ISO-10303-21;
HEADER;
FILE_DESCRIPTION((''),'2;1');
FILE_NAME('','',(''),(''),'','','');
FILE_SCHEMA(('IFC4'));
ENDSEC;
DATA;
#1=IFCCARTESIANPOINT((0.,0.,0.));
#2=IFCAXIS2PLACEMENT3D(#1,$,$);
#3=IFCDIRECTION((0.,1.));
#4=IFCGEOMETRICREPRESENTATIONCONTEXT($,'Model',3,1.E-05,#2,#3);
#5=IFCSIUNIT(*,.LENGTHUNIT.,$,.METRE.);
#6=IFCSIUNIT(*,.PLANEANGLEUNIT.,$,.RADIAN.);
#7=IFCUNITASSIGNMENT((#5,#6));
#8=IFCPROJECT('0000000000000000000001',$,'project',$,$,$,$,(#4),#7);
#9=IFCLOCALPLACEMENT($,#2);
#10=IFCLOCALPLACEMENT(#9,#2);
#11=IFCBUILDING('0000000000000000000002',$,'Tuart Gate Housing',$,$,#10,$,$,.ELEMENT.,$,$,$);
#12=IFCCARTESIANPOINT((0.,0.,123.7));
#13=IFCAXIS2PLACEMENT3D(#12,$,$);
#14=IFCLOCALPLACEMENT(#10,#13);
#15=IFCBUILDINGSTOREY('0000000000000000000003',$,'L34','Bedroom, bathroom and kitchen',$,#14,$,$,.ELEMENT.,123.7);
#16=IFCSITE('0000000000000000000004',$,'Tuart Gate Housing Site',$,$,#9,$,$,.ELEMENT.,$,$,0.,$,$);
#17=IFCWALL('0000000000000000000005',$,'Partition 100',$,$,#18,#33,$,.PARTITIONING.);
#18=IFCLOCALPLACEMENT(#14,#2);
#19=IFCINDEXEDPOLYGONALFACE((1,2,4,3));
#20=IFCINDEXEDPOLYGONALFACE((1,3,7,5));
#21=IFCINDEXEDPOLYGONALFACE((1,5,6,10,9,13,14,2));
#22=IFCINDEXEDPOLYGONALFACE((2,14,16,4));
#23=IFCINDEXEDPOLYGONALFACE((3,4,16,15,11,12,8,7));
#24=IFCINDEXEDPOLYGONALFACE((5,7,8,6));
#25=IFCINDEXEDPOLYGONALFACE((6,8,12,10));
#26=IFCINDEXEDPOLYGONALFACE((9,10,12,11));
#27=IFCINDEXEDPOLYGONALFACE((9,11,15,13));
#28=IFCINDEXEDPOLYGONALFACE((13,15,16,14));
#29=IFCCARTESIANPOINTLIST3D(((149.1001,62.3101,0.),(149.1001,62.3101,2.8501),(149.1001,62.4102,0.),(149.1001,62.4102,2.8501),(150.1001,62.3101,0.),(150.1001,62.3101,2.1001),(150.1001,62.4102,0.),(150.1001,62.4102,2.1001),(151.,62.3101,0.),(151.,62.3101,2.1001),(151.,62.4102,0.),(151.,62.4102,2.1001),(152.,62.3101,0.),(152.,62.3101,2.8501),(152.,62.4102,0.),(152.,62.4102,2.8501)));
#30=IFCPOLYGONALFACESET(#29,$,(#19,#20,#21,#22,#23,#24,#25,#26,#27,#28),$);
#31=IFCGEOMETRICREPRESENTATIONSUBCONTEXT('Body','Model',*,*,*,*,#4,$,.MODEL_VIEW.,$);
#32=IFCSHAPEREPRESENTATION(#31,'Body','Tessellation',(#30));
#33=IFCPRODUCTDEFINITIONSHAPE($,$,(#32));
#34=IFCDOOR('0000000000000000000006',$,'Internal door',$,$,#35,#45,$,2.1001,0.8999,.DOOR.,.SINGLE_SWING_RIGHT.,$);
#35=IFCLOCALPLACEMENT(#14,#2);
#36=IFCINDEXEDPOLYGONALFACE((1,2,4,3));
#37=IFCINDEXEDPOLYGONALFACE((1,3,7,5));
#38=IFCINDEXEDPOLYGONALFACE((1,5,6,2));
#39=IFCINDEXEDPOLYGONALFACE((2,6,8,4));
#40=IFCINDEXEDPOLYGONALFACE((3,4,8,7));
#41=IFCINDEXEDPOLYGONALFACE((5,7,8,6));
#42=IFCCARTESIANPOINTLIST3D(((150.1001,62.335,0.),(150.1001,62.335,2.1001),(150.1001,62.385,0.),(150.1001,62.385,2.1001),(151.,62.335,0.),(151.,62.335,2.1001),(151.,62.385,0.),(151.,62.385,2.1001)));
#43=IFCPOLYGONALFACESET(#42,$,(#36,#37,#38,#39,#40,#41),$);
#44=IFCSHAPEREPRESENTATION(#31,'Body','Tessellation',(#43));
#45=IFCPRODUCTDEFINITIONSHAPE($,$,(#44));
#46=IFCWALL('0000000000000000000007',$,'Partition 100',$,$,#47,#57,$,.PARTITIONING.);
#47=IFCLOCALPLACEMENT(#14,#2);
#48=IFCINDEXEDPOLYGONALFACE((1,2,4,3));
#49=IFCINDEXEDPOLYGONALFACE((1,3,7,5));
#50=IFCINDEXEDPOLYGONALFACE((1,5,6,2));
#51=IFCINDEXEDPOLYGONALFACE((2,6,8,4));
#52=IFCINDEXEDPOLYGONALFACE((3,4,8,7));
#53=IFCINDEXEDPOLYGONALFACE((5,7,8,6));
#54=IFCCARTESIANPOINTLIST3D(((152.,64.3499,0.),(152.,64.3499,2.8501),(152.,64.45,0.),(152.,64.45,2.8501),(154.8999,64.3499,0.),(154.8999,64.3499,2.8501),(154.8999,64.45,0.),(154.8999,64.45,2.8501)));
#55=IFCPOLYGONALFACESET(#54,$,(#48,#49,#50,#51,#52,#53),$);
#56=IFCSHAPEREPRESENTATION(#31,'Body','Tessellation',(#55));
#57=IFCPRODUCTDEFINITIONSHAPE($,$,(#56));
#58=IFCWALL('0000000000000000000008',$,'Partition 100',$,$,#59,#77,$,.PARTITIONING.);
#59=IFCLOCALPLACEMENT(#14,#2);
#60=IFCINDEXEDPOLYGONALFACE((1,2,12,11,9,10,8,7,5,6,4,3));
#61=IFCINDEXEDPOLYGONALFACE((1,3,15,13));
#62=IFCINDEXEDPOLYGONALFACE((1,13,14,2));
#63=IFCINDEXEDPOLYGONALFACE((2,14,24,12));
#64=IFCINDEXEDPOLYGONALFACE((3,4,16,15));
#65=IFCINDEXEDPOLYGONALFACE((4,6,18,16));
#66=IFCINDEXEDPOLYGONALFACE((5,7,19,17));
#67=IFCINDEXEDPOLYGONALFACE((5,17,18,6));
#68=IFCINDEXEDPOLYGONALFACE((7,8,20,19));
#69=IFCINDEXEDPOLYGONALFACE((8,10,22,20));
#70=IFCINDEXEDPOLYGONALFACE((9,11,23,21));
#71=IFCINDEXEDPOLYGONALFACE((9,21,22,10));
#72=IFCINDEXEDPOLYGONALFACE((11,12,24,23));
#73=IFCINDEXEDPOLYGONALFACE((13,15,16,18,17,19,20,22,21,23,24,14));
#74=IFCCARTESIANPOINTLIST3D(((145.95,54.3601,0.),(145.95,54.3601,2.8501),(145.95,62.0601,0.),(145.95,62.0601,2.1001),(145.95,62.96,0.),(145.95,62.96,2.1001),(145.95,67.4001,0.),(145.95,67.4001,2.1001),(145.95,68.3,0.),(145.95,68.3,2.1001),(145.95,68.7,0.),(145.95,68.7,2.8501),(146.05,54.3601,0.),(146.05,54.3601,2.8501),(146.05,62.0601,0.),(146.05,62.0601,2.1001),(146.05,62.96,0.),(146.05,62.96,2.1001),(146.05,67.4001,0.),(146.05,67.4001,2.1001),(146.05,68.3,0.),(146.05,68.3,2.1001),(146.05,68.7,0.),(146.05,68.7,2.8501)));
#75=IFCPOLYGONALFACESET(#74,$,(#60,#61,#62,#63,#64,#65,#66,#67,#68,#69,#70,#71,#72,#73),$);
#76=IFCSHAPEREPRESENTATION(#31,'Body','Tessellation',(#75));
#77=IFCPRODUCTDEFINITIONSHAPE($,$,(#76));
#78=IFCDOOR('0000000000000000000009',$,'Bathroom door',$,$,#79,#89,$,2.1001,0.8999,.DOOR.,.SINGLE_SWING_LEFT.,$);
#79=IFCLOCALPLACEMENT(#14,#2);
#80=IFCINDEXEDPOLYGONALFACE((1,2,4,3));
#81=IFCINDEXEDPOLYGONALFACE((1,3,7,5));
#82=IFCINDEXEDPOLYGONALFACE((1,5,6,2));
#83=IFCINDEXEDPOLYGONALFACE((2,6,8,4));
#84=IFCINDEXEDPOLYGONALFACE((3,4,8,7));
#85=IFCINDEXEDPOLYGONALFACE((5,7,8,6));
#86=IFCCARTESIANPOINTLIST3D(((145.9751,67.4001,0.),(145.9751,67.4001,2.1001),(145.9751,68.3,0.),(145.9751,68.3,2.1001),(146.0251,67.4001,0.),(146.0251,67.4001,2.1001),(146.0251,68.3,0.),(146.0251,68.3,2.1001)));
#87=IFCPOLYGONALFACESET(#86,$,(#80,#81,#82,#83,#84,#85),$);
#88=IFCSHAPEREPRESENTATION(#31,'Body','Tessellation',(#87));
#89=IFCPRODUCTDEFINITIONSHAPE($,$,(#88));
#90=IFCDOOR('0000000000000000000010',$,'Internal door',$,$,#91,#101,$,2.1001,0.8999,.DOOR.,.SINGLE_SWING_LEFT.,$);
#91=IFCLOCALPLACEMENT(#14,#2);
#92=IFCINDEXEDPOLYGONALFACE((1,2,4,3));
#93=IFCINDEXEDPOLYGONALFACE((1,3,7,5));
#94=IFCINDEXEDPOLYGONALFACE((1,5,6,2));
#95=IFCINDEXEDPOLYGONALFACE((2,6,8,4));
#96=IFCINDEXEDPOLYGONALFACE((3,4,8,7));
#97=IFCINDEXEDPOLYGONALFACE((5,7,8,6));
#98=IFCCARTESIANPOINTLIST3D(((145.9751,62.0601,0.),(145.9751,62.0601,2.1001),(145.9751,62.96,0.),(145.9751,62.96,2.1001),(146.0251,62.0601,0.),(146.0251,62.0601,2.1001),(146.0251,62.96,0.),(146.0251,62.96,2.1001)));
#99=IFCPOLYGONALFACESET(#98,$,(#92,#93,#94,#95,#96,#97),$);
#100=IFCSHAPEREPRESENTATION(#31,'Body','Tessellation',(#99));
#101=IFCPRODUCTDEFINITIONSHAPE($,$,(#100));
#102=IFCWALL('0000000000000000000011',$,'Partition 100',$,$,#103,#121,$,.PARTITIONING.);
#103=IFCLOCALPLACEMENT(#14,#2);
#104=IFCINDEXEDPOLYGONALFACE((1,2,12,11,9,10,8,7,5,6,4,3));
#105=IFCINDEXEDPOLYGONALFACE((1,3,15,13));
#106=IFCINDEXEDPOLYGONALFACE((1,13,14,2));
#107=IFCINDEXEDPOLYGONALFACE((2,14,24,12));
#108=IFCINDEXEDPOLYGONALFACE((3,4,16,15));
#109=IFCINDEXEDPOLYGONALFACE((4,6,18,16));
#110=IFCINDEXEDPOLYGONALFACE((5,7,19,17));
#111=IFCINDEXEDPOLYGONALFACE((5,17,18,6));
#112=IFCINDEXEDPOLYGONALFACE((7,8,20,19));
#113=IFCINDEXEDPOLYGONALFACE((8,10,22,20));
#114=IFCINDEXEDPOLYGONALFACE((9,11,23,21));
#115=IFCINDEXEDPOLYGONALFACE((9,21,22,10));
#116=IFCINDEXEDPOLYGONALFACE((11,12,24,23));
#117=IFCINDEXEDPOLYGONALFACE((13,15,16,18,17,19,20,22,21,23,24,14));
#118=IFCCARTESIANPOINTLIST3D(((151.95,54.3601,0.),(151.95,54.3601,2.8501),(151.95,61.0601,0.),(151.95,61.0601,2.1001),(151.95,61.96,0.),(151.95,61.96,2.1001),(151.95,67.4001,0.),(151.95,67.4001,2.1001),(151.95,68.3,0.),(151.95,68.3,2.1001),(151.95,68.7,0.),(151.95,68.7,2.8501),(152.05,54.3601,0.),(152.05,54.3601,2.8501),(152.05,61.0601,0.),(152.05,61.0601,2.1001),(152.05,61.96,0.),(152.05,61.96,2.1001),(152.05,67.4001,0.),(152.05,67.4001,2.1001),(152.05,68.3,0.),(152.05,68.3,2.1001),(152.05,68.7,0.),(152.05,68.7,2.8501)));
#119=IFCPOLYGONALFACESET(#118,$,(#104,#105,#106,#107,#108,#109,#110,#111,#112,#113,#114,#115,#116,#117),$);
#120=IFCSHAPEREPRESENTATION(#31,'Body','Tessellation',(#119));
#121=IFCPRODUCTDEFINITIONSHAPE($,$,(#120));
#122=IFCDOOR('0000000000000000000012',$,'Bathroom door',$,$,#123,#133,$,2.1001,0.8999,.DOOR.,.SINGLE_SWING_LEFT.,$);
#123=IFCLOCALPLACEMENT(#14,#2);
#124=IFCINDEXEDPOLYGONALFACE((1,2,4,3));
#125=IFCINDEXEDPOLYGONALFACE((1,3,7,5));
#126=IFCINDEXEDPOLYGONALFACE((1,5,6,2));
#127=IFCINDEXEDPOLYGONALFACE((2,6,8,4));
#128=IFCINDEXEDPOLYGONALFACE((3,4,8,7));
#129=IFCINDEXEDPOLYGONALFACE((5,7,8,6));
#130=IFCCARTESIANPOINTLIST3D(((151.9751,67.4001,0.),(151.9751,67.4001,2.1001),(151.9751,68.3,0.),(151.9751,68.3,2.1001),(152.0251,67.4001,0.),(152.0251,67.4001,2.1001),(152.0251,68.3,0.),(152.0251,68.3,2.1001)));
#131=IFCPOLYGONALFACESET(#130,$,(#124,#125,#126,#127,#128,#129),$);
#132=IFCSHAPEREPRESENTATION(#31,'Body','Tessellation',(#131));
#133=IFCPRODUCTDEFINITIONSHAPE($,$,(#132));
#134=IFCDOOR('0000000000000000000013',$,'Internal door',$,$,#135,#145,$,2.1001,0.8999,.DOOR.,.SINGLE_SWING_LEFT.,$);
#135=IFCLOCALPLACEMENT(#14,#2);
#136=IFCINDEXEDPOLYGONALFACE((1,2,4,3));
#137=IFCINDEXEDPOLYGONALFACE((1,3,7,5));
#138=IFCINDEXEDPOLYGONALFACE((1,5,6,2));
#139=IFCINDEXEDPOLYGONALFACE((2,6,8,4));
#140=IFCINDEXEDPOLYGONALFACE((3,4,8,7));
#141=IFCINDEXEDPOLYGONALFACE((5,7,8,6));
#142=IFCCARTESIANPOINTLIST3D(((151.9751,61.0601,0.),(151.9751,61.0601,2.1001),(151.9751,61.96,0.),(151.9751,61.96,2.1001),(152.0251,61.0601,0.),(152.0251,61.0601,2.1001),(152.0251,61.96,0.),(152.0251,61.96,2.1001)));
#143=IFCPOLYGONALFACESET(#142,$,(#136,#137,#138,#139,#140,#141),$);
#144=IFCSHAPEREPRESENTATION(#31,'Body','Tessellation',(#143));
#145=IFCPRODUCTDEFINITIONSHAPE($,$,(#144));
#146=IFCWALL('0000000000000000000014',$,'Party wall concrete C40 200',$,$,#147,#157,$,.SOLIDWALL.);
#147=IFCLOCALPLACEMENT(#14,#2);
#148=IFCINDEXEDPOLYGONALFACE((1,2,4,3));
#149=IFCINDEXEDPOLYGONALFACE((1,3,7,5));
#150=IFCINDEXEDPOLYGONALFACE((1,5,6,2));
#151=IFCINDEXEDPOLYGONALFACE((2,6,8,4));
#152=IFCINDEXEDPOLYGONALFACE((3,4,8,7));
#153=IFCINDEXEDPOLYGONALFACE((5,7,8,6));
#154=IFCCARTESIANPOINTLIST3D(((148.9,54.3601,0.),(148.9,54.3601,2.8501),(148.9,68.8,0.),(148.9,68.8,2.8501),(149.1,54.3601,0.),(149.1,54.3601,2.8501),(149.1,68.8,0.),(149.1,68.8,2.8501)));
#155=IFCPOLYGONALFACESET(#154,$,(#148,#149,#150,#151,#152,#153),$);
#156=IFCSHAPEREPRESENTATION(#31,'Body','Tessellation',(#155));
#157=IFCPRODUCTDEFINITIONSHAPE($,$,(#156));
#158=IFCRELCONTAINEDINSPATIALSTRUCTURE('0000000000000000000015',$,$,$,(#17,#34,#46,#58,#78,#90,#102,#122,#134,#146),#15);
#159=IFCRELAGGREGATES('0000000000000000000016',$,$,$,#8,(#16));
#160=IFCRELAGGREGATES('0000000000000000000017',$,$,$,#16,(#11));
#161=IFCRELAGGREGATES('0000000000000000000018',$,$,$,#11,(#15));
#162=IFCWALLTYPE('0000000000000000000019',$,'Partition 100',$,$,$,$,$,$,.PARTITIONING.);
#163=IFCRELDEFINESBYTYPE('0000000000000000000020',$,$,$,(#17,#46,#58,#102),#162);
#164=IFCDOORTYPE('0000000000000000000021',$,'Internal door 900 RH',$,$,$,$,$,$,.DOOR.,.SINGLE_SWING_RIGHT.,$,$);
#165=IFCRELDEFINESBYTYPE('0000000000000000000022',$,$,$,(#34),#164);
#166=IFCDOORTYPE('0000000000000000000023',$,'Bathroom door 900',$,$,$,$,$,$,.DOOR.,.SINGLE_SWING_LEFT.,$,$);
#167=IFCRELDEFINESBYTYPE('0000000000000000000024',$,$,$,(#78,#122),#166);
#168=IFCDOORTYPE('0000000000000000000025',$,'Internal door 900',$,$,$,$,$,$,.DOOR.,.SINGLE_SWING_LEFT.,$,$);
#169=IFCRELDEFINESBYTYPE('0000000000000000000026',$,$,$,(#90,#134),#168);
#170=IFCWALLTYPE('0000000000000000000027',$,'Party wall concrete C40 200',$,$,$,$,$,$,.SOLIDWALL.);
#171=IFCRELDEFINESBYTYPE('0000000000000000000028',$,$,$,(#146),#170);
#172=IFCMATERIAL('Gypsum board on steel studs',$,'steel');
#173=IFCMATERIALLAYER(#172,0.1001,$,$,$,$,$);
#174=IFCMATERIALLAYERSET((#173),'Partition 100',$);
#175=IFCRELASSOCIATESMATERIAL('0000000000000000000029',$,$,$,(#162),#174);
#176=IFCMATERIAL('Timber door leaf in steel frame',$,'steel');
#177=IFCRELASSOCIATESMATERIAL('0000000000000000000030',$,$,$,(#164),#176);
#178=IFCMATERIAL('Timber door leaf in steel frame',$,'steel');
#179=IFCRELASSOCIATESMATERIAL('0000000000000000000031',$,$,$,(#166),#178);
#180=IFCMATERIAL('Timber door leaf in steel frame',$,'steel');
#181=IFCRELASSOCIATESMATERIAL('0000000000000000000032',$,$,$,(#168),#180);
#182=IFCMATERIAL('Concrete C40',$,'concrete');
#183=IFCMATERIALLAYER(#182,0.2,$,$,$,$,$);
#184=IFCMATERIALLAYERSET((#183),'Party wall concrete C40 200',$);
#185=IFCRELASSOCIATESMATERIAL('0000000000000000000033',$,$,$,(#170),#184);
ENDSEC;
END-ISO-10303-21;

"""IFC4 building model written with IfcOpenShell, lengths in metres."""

from ifc_helpers import new_model, si_unit, direction, frame, frame_2d, origin, place, context, subcontext, project, spatial, rectangle, extrude, material, layer, layer_set, type_object, element, fill, save


model = new_model("IFC4")

# Units and contexts
model_context = context("Model", 3, precision=1e-05, world=origin(), true_north=direction((0.0, 1.0)))
body_context = subcontext(model_context, "Body", "Model", "MODEL_VIEW")
ifc_project = project(units=[si_unit("LENGTHUNIT", "METRE"), si_unit("PLANEANGLEUNIT", "RADIAN")], contexts=[model_context])

# Site, building, storey
site_placement = place(None, origin())
site = spatial("IfcSite", under=ifc_project, at=site_placement, Name="Tuart Gate Housing Site", CompositionType="ELEMENT", RefElevation=0.0)
building_placement = place(site_placement, origin())
building = spatial("IfcBuilding", under=site, at=building_placement, Name="Tuart Gate Housing", CompositionType="ELEMENT")
storey_placement = place(building_placement, frame((0.0, 0.0, 123.7)))
storey = spatial("IfcBuildingStorey", under=building, at=storey_placement, Name="L34", Description="Bedroom, bathroom and kitchen", CompositionType="ELEMENT", Elevation=123.7)

# Shared definitions
ifc_material_1 = material(Name="Gypsum board on steel studs", Category="steel")
ifc_layer_1 = layer(ifc_material_1, 0.1001)
ifc_layer_set_1 = layer_set([ifc_layer_1], Name="Partition 100")
wall_type_1 = type_object("IfcWallType", Name="Partition 100", PredefinedType="PARTITIONING", material=ifc_layer_set_1)

# Wall, opening, door
wall_1_placement = place(storey_placement, frame((149.1001, 62.3601, 0.0), z_axis=(0.0, 0.0, 1.0), x_axis=(1.0, 0.0, 0.0)))
wall_1 = element("IfcWall", 1, at=wall_1_placement, inside=storey, type_object=wall_type_1, Name="Partition 100", PredefinedType="PARTITIONING", context=body_context, shape_type="SweptSolid", body=[
    extrude(rectangle(XDim=2.8999, YDim=0.1001, at=frame_2d((1.45, 0.0))), origin(), (0.0, 0.0, 1.0), 2.8501),
])
opening_1_placement = place(wall_1_placement, frame((1.0, 0.0, 0.0)))
opening_1 = element("IfcOpeningElement", 2, at=opening_1_placement, cuts=wall_1, PredefinedType="OPENING", context=body_context, shape_type="SweptSolid", body=[
    extrude(rectangle(XDim=0.8999, YDim=2.1001, at=frame_2d((0.45, 1.05))), frame((0.0, 0.0601, 0.0), z_axis=(0.0, -1.0, 0.0), x_axis=(1.0, 0.0, 0.0)), (0.0, 0.0, 1.0), 0.1201),
])
ifc_material_2 = material(Name="Timber door leaf in steel frame", Category="steel")
door_type_1 = type_object("IfcDoorType", Name="Internal door 900 RH", OperationType="SINGLE_SWING_RIGHT", PredefinedType="DOOR", material=ifc_material_2)
door_1_placement = place(opening_1_placement, origin())
door_1 = element("IfcDoor", 3, at=door_1_placement, inside=storey, type_object=door_type_1, Name="Internal door", OperationType="SINGLE_SWING_RIGHT", OverallHeight=2.1001, OverallWidth=0.8999, PredefinedType="DOOR", context=body_context, shape_type="SweptSolid", body=[
    extrude(rectangle(XDim=0.8999, YDim=2.1001, at=frame_2d((0.45, 1.05))), frame((0.0, 0.0249, 0.0), z_axis=(0.0, -1.0, 0.0), x_axis=(1.0, 0.0, 0.0)), (0.0, 0.0, 1.0), 0.05),
])
fill(opening_1, door_1)

# Wall
wall_2_placement = place(storey_placement, frame((152.0, 64.3999, 0.0), z_axis=(0.0, 0.0, 1.0), x_axis=(1.0, 0.0, 0.0)))
element("IfcWall", 4, at=wall_2_placement, inside=storey, type_object=wall_type_1, Name="Partition 100", PredefinedType="PARTITIONING", context=body_context, shape_type="SweptSolid", body=[
    extrude(rectangle(XDim=2.8999, YDim=0.1001, at=frame_2d((1.45, 0.0))), origin(), (0.0, 0.0, 1.0), 2.8501),
])

# Walls, openings, doors
wall_3_placement = place(storey_placement, frame((146.0, 54.3601, 0.0), z_axis=(0.0, 0.0, 1.0), x_axis=(0.0, 1.0, 0.0)))
wall_3 = element("IfcWall", 5, at=wall_3_placement, inside=storey, type_object=wall_type_1, Name="Partition 100", PredefinedType="PARTITIONING", context=body_context, shape_type="SweptSolid", body=[
    extrude(rectangle(XDim=14.3398, YDim=0.1001, at=frame_2d((7.1699, 0.0))), origin(), (0.0, 0.0, 1.0), 2.8501),
])
opening_2_placement = place(wall_3_placement, frame((7.7, 0.0, 0.0)))
opening_2 = element("IfcOpeningElement", 6, at=opening_2_placement, cuts=wall_3, PredefinedType="OPENING", context=body_context, shape_type="SweptSolid", body=[
    extrude(rectangle(XDim=0.8999, YDim=2.1001, at=frame_2d((0.45, 1.05))), frame((0.0, 0.0601, 0.0), z_axis=(0.0, -1.0, 0.0), x_axis=(1.0, 0.0, 0.0)), (0.0, 0.0, 1.0), 0.1201),
])
opening_3_placement = place(wall_3_placement, frame((13.04, 0.0, 0.0)))
opening_3 = element("IfcOpeningElement", 7, at=opening_3_placement, cuts=wall_3, PredefinedType="OPENING", context=body_context, shape_type="SweptSolid", body=[
    extrude(rectangle(XDim=0.8999, YDim=2.1001, at=frame_2d((0.45, 1.05))), frame((0.0, 0.0601, 0.0), z_axis=(0.0, -1.0, 0.0), x_axis=(1.0, 0.0, 0.0)), (0.0, 0.0, 1.0), 0.1201),
])
ifc_material_3 = material(Name="Timber door leaf in steel frame", Category="steel")
door_type_2 = type_object("IfcDoorType", Name="Bathroom door 900", OperationType="SINGLE_SWING_LEFT", PredefinedType="DOOR", material=ifc_material_3)
door_2_placement = place(opening_3_placement, frame((0.8999, 0.0, 0.0), z_axis=(0.0, 0.0, 1.0), x_axis=(-1.0, 0.0, 0.0)))
door_2 = element("IfcDoor", 8, at=door_2_placement, inside=storey, type_object=door_type_2, Name="Bathroom door", OperationType="SINGLE_SWING_LEFT", OverallHeight=2.1001, OverallWidth=0.8999, PredefinedType="DOOR", context=body_context, shape_type="SweptSolid", body=[
    extrude(rectangle(XDim=0.8999, YDim=2.1001, at=frame_2d((0.45, 1.05))), frame((0.0, 0.0251, 0.0), z_axis=(0.0, -1.0, 0.0), x_axis=(1.0, 0.0, 0.0)), (0.0, 0.0, 1.0), 0.05),
])
fill(opening_3, door_2)
ifc_material_4 = material(Name="Timber door leaf in steel frame", Category="steel")
door_type_3 = type_object("IfcDoorType", Name="Internal door 900", OperationType="SINGLE_SWING_LEFT", PredefinedType="DOOR", material=ifc_material_4)
door_3_placement = place(opening_2_placement, frame((0.8999, 0.0, 0.0), z_axis=(0.0, 0.0, 1.0), x_axis=(-1.0, 0.0, 0.0)))
door_3 = element("IfcDoor", 9, at=door_3_placement, inside=storey, type_object=door_type_3, Name="Internal door", OperationType="SINGLE_SWING_LEFT", OverallHeight=2.1001, OverallWidth=0.8999, PredefinedType="DOOR", context=body_context, shape_type="SweptSolid", body=[
    extrude(rectangle(XDim=0.8999, YDim=2.1001, at=frame_2d((0.45, 1.05))), frame((0.0, 0.0251, 0.0), z_axis=(0.0, -1.0, 0.0), x_axis=(1.0, 0.0, 0.0)), (0.0, 0.0, 1.0), 0.05),
])
fill(opening_2, door_3)
wall_4_placement = place(storey_placement, frame((152.0, 54.3601, 0.0), z_axis=(0.0, 0.0, 1.0), x_axis=(0.0, 1.0, 0.0)))
wall_4 = element("IfcWall", 10, at=wall_4_placement, inside=storey, type_object=wall_type_1, Name="Partition 100", PredefinedType="PARTITIONING", context=body_context, shape_type="SweptSolid", body=[
    extrude(rectangle(XDim=14.3398, YDim=0.1001, at=frame_2d((7.1699, 0.0))), origin(), (0.0, 0.0, 1.0), 2.8501),
])
opening_4_placement = place(wall_4_placement, frame((6.7, 0.0, 0.0)))
opening_4 = element("IfcOpeningElement", 11, at=opening_4_placement, cuts=wall_4, PredefinedType="OPENING", context=body_context, shape_type="SweptSolid", body=[
    extrude(rectangle(XDim=0.8999, YDim=2.1001, at=frame_2d((0.45, 1.05))), frame((0.0, 0.0601, 0.0), z_axis=(0.0, -1.0, 0.0), x_axis=(1.0, 0.0, 0.0)), (0.0, 0.0, 1.0), 0.1201),
])
opening_5_placement = place(wall_4_placement, frame((13.04, 0.0, 0.0)))
opening_5 = element("IfcOpeningElement", 12, at=opening_5_placement, cuts=wall_4, PredefinedType="OPENING", context=body_context, shape_type="SweptSolid", body=[
    extrude(rectangle(XDim=0.8999, YDim=2.1001, at=frame_2d((0.45, 1.05))), frame((0.0, 0.0601, 0.0), z_axis=(0.0, -1.0, 0.0), x_axis=(1.0, 0.0, 0.0)), (0.0, 0.0, 1.0), 0.1201),
])
door_4_placement = place(opening_5_placement, frame((0.8999, 0.0, 0.0), z_axis=(0.0, 0.0, 1.0), x_axis=(-1.0, 0.0, 0.0)))
door_4 = element("IfcDoor", 13, at=door_4_placement, inside=storey, type_object=door_type_2, Name="Bathroom door", OperationType="SINGLE_SWING_LEFT", OverallHeight=2.1001, OverallWidth=0.8999, PredefinedType="DOOR", context=body_context, shape_type="SweptSolid", body=[
    extrude(rectangle(XDim=0.8999, YDim=2.1001, at=frame_2d((0.45, 1.05))), frame((0.0, 0.0251, 0.0), z_axis=(0.0, -1.0, 0.0), x_axis=(1.0, 0.0, 0.0)), (0.0, 0.0, 1.0), 0.05),
])
fill(opening_5, door_4)
door_5_placement = place(opening_4_placement, frame((0.8999, 0.0, 0.0), z_axis=(0.0, 0.0, 1.0), x_axis=(-1.0, 0.0, 0.0)))
door_5 = element("IfcDoor", 14, at=door_5_placement, inside=storey, type_object=door_type_3, Name="Internal door", OperationType="SINGLE_SWING_LEFT", OverallHeight=2.1001, OverallWidth=0.8999, PredefinedType="DOOR", context=body_context, shape_type="SweptSolid", body=[
    extrude(rectangle(XDim=0.8999, YDim=2.1001, at=frame_2d((0.45, 1.05))), frame((0.0, 0.0251, 0.0), z_axis=(0.0, -1.0, 0.0), x_axis=(1.0, 0.0, 0.0)), (0.0, 0.0, 1.0), 0.05),
])
fill(opening_4, door_5)

# Wall
ifc_material_5 = material(Name="Concrete C40", Category="concrete")
ifc_layer_2 = layer(ifc_material_5, 0.2)
ifc_layer_set_2 = layer_set([ifc_layer_2], Name="Party wall concrete C40 200")
wall_type_2 = type_object("IfcWallType", Name="Party wall concrete C40 200", PredefinedType="SOLIDWALL", material=ifc_layer_set_2)
wall_5_placement = place(storey_placement, frame((149.0, 54.3601, 0.0), z_axis=(0.0, 0.0, 1.0), x_axis=(0.0, 1.0, 0.0)))
element("IfcWall", 15, at=wall_5_placement, inside=storey, type_object=wall_type_2, Name="Party wall concrete C40 200", PredefinedType="SOLIDWALL", context=body_context, shape_type="SweptSolid", body=[
    extrude(rectangle(XDim=14.4399, YDim=0.2, at=frame_2d((7.22, 0.0))), origin(), (0.0, 0.0, 1.0), 2.8501),
])

save(model, "model.ifc")
